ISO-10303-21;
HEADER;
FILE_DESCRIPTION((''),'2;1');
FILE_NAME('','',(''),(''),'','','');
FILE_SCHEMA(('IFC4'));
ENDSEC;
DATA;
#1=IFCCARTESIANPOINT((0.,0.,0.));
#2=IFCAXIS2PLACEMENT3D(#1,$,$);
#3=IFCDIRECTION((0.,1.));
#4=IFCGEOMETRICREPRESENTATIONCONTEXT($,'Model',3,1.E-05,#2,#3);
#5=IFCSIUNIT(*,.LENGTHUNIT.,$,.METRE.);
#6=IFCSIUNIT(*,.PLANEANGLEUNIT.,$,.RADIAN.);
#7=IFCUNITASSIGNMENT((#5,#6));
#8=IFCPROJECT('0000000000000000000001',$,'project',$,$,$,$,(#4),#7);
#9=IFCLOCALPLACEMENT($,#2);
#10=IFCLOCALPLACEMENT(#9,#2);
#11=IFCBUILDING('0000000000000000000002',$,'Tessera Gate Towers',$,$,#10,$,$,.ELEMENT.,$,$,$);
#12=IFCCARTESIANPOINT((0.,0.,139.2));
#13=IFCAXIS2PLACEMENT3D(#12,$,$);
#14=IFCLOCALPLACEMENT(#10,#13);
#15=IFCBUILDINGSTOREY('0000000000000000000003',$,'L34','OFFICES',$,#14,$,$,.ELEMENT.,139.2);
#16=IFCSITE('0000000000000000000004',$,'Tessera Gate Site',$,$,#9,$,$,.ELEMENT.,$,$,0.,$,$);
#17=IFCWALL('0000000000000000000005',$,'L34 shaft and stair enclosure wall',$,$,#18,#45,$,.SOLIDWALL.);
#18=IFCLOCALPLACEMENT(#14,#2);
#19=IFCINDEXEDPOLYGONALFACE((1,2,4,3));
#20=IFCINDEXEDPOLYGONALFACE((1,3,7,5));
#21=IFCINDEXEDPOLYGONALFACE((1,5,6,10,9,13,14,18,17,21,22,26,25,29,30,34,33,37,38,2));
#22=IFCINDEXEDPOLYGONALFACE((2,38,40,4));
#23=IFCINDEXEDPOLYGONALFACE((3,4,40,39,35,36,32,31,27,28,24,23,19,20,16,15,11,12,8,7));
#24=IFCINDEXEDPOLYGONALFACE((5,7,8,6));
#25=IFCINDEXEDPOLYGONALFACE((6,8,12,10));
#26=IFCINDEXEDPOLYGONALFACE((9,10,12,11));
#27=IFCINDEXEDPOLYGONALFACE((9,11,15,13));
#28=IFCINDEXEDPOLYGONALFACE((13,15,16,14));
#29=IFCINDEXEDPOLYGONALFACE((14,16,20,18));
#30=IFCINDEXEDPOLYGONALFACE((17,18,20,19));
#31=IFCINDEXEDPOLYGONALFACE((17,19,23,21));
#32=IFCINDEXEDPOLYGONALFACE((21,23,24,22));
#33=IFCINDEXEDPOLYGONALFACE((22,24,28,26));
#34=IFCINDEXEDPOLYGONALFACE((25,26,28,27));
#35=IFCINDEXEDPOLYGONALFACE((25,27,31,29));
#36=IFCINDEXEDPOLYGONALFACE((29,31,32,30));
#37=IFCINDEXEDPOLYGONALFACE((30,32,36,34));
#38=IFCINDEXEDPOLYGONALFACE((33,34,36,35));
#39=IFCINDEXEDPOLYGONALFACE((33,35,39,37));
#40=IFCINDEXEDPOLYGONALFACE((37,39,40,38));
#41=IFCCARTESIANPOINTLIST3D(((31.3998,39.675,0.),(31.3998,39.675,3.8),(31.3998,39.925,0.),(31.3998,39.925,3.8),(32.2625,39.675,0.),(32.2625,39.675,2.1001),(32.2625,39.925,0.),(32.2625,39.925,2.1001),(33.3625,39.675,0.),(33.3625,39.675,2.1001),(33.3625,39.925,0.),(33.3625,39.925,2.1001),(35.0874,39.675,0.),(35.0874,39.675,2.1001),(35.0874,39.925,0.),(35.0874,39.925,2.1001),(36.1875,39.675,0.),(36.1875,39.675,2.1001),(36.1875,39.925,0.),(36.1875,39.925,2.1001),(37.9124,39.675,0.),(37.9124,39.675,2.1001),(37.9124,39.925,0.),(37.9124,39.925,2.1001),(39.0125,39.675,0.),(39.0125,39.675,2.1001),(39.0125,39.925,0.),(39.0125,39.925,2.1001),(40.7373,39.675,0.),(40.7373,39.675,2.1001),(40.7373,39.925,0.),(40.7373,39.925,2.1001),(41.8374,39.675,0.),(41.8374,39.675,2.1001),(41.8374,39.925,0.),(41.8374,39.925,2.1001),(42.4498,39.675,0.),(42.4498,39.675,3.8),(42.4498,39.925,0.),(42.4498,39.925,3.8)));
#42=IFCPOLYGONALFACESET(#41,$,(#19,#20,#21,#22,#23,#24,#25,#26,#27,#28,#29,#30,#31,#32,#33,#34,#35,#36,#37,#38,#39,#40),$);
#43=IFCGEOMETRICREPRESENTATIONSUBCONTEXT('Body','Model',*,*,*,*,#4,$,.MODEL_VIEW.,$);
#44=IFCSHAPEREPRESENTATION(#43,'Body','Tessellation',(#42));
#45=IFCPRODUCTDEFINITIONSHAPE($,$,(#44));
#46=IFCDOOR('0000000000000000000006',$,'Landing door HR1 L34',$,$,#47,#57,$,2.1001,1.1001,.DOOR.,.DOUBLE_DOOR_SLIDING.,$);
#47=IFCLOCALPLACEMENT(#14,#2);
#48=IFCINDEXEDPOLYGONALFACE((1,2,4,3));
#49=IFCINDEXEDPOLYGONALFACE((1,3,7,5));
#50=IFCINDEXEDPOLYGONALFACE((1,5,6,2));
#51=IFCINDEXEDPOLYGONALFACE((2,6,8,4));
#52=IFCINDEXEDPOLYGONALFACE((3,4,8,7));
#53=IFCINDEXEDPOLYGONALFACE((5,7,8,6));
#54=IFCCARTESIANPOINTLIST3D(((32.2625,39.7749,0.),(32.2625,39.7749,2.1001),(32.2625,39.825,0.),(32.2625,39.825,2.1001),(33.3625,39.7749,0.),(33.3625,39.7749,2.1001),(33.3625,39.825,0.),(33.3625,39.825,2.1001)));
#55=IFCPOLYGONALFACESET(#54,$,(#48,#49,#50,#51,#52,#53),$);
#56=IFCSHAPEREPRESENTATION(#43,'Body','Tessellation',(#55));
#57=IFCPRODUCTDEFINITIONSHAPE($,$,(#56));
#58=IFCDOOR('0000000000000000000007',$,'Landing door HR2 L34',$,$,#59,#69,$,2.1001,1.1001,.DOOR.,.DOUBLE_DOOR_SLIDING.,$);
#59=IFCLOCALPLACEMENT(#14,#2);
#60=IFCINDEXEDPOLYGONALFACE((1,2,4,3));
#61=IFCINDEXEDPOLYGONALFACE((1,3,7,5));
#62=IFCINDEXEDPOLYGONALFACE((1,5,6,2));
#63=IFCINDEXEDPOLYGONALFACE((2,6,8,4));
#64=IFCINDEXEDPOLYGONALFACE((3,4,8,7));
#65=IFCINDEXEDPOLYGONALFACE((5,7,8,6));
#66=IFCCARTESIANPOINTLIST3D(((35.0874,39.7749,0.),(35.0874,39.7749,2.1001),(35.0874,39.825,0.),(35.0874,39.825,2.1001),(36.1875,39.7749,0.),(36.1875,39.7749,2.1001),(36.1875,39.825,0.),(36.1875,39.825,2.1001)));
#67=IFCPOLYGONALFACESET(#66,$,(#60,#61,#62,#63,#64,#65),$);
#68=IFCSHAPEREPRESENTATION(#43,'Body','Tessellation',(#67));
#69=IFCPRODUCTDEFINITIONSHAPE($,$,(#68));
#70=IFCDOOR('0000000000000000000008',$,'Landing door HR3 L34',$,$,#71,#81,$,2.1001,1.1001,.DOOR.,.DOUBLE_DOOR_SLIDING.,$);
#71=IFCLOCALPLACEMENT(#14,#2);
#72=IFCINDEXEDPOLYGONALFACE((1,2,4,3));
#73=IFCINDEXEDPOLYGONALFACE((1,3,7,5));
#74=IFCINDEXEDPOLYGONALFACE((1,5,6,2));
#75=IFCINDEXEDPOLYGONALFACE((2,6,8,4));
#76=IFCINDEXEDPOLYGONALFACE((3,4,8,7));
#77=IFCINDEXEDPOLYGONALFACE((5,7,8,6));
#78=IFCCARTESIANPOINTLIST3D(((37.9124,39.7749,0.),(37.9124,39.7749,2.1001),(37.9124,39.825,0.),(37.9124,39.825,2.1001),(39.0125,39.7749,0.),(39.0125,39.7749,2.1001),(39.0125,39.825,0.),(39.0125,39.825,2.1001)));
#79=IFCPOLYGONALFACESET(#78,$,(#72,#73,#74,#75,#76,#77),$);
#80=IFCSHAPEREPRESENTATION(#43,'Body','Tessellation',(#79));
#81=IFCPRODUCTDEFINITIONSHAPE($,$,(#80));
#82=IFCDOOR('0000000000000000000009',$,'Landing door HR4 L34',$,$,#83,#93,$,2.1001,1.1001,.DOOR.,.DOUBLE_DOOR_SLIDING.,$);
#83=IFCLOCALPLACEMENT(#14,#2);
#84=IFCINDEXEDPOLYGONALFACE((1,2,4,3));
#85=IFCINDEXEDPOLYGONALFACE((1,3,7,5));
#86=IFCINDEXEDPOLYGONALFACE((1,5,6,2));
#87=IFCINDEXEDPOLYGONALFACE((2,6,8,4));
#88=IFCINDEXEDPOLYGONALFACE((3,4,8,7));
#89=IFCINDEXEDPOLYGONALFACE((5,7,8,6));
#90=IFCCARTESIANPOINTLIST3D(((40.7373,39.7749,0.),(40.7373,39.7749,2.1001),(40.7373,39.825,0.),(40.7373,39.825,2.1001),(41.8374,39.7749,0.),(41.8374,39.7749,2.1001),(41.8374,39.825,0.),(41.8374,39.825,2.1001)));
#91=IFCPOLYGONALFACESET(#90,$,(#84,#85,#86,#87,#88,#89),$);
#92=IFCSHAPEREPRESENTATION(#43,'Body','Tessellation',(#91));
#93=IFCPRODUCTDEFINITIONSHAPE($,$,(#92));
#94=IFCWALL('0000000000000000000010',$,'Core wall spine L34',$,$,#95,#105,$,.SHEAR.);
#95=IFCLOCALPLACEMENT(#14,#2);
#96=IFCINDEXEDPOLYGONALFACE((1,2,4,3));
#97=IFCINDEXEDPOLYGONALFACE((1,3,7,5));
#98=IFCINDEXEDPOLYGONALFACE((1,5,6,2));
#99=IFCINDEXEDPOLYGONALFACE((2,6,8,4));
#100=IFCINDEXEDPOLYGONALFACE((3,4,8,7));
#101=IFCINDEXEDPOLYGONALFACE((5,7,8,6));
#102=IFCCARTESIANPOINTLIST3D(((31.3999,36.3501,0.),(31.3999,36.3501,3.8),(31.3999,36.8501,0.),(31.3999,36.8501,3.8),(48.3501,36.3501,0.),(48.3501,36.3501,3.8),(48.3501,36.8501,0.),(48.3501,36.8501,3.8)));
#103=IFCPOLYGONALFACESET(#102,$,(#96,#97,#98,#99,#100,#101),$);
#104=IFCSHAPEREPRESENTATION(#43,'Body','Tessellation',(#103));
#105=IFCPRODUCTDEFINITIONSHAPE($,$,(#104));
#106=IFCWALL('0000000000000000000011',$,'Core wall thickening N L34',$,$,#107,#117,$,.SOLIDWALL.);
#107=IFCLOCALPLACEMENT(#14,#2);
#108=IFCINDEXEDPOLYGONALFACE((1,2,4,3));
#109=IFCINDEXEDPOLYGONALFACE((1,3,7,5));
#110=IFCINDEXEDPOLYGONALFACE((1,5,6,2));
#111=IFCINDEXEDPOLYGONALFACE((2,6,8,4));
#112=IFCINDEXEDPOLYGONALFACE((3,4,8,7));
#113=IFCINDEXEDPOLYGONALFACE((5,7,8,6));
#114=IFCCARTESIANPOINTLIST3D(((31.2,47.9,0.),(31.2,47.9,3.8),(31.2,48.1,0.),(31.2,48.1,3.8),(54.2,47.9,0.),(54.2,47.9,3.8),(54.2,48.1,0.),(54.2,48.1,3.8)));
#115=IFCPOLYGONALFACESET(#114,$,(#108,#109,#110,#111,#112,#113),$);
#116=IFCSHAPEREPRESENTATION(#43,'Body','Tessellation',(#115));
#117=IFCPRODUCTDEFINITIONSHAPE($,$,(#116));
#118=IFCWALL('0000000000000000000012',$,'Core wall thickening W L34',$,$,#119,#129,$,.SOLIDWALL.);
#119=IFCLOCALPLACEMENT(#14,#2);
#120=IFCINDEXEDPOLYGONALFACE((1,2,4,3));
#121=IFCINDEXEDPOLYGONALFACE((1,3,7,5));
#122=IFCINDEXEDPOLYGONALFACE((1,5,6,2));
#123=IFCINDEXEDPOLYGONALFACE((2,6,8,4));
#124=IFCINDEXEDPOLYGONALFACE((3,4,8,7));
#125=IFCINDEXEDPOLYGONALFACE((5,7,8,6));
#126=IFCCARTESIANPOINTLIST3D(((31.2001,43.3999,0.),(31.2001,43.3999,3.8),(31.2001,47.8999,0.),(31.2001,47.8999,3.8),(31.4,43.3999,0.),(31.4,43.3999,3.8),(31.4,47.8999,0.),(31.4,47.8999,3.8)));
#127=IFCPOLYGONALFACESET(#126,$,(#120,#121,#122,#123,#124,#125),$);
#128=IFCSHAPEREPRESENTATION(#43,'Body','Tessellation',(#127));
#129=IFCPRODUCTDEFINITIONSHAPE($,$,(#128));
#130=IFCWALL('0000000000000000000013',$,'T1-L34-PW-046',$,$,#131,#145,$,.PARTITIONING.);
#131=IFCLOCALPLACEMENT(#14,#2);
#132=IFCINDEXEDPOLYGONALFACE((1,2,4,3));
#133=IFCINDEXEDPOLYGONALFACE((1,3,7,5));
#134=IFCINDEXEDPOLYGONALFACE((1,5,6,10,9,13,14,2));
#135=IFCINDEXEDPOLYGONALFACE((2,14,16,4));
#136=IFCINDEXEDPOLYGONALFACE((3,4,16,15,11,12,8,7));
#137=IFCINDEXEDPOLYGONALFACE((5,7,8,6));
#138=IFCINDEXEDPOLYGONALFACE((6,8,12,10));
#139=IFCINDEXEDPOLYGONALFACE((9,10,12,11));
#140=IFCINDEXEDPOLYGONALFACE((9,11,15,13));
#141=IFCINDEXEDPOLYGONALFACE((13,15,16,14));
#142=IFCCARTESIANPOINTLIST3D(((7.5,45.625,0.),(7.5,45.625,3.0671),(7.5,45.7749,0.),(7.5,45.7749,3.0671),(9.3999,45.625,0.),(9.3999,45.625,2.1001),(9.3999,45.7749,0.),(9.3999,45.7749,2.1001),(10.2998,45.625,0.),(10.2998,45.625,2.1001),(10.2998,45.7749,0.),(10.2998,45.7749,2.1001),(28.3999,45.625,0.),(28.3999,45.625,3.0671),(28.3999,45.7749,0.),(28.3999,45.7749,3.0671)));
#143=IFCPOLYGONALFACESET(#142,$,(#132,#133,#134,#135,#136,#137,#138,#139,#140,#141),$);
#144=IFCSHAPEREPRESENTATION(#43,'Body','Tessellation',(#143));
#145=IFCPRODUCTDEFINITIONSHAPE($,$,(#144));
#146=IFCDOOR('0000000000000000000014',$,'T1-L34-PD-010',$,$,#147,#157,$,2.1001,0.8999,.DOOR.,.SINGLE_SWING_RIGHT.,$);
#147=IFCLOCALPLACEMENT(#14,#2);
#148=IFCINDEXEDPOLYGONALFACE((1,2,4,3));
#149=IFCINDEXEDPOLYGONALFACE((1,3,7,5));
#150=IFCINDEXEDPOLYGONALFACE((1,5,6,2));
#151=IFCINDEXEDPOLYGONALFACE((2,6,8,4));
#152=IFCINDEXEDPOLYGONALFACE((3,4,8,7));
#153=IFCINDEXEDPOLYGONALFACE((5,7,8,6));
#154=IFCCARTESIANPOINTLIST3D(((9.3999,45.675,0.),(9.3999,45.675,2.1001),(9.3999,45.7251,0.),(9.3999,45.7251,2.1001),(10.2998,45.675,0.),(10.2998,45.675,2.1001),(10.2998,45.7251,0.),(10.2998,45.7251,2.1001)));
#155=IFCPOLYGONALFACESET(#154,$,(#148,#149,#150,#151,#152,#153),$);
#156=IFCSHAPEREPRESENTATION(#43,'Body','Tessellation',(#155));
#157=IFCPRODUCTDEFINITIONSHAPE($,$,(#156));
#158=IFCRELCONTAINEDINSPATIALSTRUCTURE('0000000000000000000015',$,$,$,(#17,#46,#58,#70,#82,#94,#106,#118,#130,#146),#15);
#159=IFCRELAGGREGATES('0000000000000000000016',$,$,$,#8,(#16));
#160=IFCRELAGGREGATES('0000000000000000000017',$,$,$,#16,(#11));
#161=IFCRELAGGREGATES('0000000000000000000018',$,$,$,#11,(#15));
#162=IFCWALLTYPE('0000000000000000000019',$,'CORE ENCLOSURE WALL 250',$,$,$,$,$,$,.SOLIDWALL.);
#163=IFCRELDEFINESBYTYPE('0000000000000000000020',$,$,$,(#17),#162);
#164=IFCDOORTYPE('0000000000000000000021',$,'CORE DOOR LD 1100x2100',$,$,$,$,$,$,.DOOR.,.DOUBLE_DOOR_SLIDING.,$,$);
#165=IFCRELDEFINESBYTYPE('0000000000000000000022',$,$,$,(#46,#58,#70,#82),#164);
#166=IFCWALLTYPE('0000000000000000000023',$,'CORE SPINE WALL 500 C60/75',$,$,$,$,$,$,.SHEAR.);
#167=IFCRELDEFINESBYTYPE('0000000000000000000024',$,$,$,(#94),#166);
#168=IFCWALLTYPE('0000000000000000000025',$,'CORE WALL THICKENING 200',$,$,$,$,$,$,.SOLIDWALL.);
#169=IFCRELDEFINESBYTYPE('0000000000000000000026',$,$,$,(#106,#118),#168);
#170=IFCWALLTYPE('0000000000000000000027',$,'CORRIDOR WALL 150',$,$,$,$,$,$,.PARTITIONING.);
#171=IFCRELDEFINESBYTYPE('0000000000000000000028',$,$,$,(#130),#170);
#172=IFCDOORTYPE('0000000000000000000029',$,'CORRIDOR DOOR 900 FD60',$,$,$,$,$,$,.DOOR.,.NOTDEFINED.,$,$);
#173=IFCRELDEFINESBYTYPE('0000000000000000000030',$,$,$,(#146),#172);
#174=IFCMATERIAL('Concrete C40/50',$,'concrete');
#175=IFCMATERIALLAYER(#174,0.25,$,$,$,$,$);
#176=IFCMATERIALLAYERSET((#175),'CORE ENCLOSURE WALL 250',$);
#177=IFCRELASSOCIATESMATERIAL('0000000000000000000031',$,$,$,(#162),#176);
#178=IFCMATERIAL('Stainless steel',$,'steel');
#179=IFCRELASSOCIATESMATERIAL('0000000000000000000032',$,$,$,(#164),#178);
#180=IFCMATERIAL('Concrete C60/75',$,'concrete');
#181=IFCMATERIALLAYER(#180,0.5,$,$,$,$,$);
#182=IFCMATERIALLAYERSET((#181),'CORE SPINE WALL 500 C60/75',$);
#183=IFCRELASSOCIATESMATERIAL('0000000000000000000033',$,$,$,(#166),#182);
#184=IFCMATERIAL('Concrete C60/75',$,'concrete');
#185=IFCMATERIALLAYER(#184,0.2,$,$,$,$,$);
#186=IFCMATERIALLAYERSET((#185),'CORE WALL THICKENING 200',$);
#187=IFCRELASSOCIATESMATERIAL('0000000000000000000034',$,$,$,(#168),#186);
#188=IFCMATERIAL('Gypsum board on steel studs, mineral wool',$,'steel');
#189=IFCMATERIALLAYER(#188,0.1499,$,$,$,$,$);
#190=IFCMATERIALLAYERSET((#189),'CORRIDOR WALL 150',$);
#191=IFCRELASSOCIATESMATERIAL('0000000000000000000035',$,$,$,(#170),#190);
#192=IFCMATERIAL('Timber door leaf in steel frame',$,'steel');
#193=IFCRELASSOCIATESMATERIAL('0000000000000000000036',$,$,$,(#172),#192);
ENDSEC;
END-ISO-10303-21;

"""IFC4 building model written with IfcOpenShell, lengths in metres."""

from ifc_helpers import new_model, si_unit, direction, frame, frame_2d, origin, place, context, subcontext, project, spatial, rectangle, extrude, source, transform, mapped, material, layer, layer_set, type_object, element, fill, save


model = new_model("IFC4")

# Units and contexts
model_context = context("Model", 3, precision=1e-05, world=origin(), true_north=direction((0.0, 1.0)))
body_context = subcontext(model_context, "Body", "Model", "MODEL_VIEW")
ifc_project = project(units=[si_unit("LENGTHUNIT", "METRE"), si_unit("PLANEANGLEUNIT", "RADIAN")], contexts=[model_context])

# Site, building, storey
site_placement = place(None, origin())
site = spatial("IfcSite", under=ifc_project, at=site_placement, Name="Tessera Gate Site", CompositionType="ELEMENT", RefElevation=0.0)
building_placement = place(site_placement, origin())
building = spatial("IfcBuilding", under=site, at=building_placement, Name="Tessera Gate Towers", CompositionType="ELEMENT")
storey_placement = place(building_placement, frame((0.0, 0.0, 139.2)))
storey = spatial("IfcBuildingStorey", under=building, at=storey_placement, Name="L34", Description="OFFICES", CompositionType="ELEMENT", Elevation=139.2)

# Wall, openings, doors
ifc_material_1 = material(Name="Concrete C40/50", Category="concrete")
ifc_layer_1 = layer(ifc_material_1, 0.25)
ifc_layer_set_1 = layer_set([ifc_layer_1], Name="CORE ENCLOSURE WALL 250")
wall_type_1 = type_object("IfcWallType", Name="CORE ENCLOSURE WALL 250", PredefinedType="SOLIDWALL", material=ifc_layer_set_1)
wall_1_placement = place(storey_placement, frame((31.3999, 39.8, 0.0), z_axis=(0.0, 0.0, 1.0), x_axis=(1.0, 0.0, 0.0)))
wall_1 = element("IfcWall", 1, at=wall_1_placement, inside=storey, type_object=wall_type_1, Name="L34 shaft and stair enclosure wall", PredefinedType="SOLIDWALL", context=body_context, shape_type="SweptSolid", body=[
    extrude(rectangle(XDim=11.05, YDim=0.25, at=frame_2d((5.5249, 0.0))), origin(), (0.0, 0.0, 1.0), 3.8),
])
shared_shape_1 = source(origin(), body_context, "Body", "SweptSolid", [
    extrude(rectangle(XDim=1.1001, YDim=2.1001, at=frame_2d((0.55, 1.05))), frame((0.0, 0.135, 0.0), z_axis=(0.0, -1.0, 0.0), x_axis=(1.0, 0.0, 0.0)), (0.0, 0.0, 1.0), 0.27),
])
opening_1_placement = place(wall_1_placement, frame((0.8625, 0.0, 0.0)))
opening_1 = element("IfcOpeningElement", 2, at=opening_1_placement, cuts=wall_1, PredefinedType="OPENING", context=body_context, shape_type="MappedRepresentation", body=[
    mapped(shared_shape_1, transform((0.0, 0.0, 0.0), scale=1.0)),
])
opening_2_placement = place(wall_1_placement, frame((3.6875, 0.0, 0.0)))
opening_2 = element("IfcOpeningElement", 3, at=opening_2_placement, cuts=wall_1, PredefinedType="OPENING", context=body_context, shape_type="MappedRepresentation", body=[
    mapped(shared_shape_1, transform((0.0, 0.0, 0.0), scale=1.0)),
])
opening_3_placement = place(wall_1_placement, frame((6.5125, 0.0, 0.0)))
opening_3 = element("IfcOpeningElement", 4, at=opening_3_placement, cuts=wall_1, PredefinedType="OPENING", context=body_context, shape_type="MappedRepresentation", body=[
    mapped(shared_shape_1, transform((0.0, 0.0, 0.0), scale=1.0)),
])
opening_4_placement = place(wall_1_placement, frame((9.3374, 0.0, 0.0)))
opening_4 = element("IfcOpeningElement", 5, at=opening_4_placement, cuts=wall_1, PredefinedType="OPENING", context=body_context, shape_type="MappedRepresentation", body=[
    mapped(shared_shape_1, transform((0.0, 0.0, 0.0), scale=1.0)),
])
ifc_material_2 = material(Name="Stainless steel", Category="steel")
door_type_1 = type_object("IfcDoorType", Name="CORE DOOR LD 1100x2100", OperationType="DOUBLE_DOOR_SLIDING", PredefinedType="DOOR", material=ifc_material_2)
shared_shape_2 = source(origin(), body_context, "Body", "SweptSolid", [
    extrude(rectangle(XDim=1.1001, YDim=2.1001, at=frame_2d((0.55, 1.05))), frame((0.0, 0.0249, 0.0), z_axis=(0.0, -1.0, 0.0), x_axis=(1.0, 0.0, 0.0)), (0.0, 0.0, 1.0), 0.05),
])
door_1_placement = place(opening_1_placement, origin())
door_1 = element("IfcDoor", 6, at=door_1_placement, inside=storey, type_object=door_type_1, Name="Landing door HR1 L34", OperationType="DOUBLE_DOOR_SLIDING", OverallHeight=2.1001, OverallWidth=1.1001, PredefinedType="DOOR", context=body_context, shape_type="MappedRepresentation", body=[
    mapped(shared_shape_2, transform((0.0, 0.0, 0.0), scale=1.0)),
])
fill(opening_1, door_1)
door_2_placement = place(opening_2_placement, origin())
door_2 = element("IfcDoor", 7, at=door_2_placement, inside=storey, type_object=door_type_1, Name="Landing door HR2 L34", OperationType="DOUBLE_DOOR_SLIDING", OverallHeight=2.1001, OverallWidth=1.1001, PredefinedType="DOOR", context=body_context, shape_type="MappedRepresentation", body=[
    mapped(shared_shape_2, transform((0.0, 0.0, 0.0), scale=1.0)),
])
fill(opening_2, door_2)
door_3_placement = place(opening_3_placement, origin())
door_3 = element("IfcDoor", 8, at=door_3_placement, inside=storey, type_object=door_type_1, Name="Landing door HR3 L34", OperationType="DOUBLE_DOOR_SLIDING", OverallHeight=2.1001, OverallWidth=1.1001, PredefinedType="DOOR", context=body_context, shape_type="MappedRepresentation", body=[
    mapped(shared_shape_2, transform((0.0, 0.0, 0.0), scale=1.0)),
])
fill(opening_3, door_3)
door_4_placement = place(opening_4_placement, origin())
door_4 = element("IfcDoor", 9, at=door_4_placement, inside=storey, type_object=door_type_1, Name="Landing door HR4 L34", OperationType="DOUBLE_DOOR_SLIDING", OverallHeight=2.1001, OverallWidth=1.1001, PredefinedType="DOOR", context=body_context, shape_type="MappedRepresentation", body=[
    mapped(shared_shape_2, transform((0.0, 0.0, 0.0), scale=1.0)),
])
fill(opening_4, door_4)

# Walls
ifc_material_3 = material(Name="Concrete C60/75", Category="concrete")
ifc_layer_2 = layer(ifc_material_3, 0.5)
ifc_layer_set_2 = layer_set([ifc_layer_2], Name="CORE SPINE WALL 500 C60/75")
wall_type_2 = type_object("IfcWallType", Name="CORE SPINE WALL 500 C60/75", PredefinedType="SHEAR", material=ifc_layer_set_2)
wall_2_placement = place(storey_placement, frame((31.3999, 36.6001, 0.0), z_axis=(0.0, 0.0, 1.0), x_axis=(1.0, 0.0, 0.0)))
element("IfcWall", 10, at=wall_2_placement, inside=storey, type_object=wall_type_2, Name="Core wall spine L34", PredefinedType="SHEAR", context=body_context, shape_type="SweptSolid", body=[
    extrude(rectangle(XDim=16.9502, YDim=0.5, at=frame_2d((8.4751, 0.0))), origin(), (0.0, 0.0, 1.0), 3.8),
])
ifc_material_4 = material(Name="Concrete C60/75", Category="concrete")
ifc_layer_3 = layer(ifc_material_4, 0.2)
ifc_layer_set_3 = layer_set([ifc_layer_3], Name="CORE WALL THICKENING 200")
wall_type_3 = type_object("IfcWallType", Name="CORE WALL THICKENING 200", PredefinedType="SOLIDWALL", material=ifc_layer_set_3)
wall_3_placement = place(storey_placement, frame((31.2, 48.0, 0.0), z_axis=(0.0, 0.0, 1.0), x_axis=(1.0, 0.0, 0.0)))
element("IfcWall", 11, at=wall_3_placement, inside=storey, type_object=wall_type_3, Name="Core wall thickening N L34", PredefinedType="SOLIDWALL", context=body_context, shape_type="SweptSolid", body=[
    extrude(rectangle(XDim=23.0, YDim=0.2, at=frame_2d((11.5, 0.0))), origin(), (0.0, 0.0, 1.0), 3.8),
])
wall_4_placement = place(storey_placement, frame((31.3, 43.3999, 0.0), z_axis=(0.0, 0.0, 1.0), x_axis=(0.0, 1.0, 0.0)))
element("IfcWall", 12, at=wall_4_placement, inside=storey, type_object=wall_type_3, Name="Core wall thickening W L34", PredefinedType="SOLIDWALL", context=body_context, shape_type="SweptSolid", body=[
    extrude(rectangle(XDim=4.5, YDim=0.2, at=frame_2d((2.25, 0.0))), origin(), (0.0, 0.0, 1.0), 3.8),
])

# Wall, opening, door
ifc_material_5 = material(Name="Gypsum board on steel studs, mineral wool", Category="steel")
ifc_layer_4 = layer(ifc_material_5, 0.1499)
ifc_layer_set_4 = layer_set([ifc_layer_4], Name="CORRIDOR WALL 150")
wall_type_4 = type_object("IfcWallType", Name="CORRIDOR WALL 150", PredefinedType="PARTITIONING", material=ifc_layer_set_4)
wall_5_placement = place(storey_placement, frame((28.3999, 45.7, 0.0), z_axis=(0.0, 0.0, 1.0), x_axis=(-1.0, 0.0, 0.0)))
wall_5 = element("IfcWall", 13, at=wall_5_placement, inside=storey, type_object=wall_type_4, Name="T1-L34-PW-046", PredefinedType="PARTITIONING", context=body_context, shape_type="SweptSolid", body=[
    extrude(rectangle(XDim=20.8999, YDim=0.1499, at=frame_2d((10.45, 0.0))), origin(), (0.0, 0.0, 1.0), 3.0671),
])
shared_shape_3 = source(origin(), body_context, "Body", "SweptSolid", [
    extrude(rectangle(XDim=0.8999, YDim=2.1001, at=frame_2d((0.45, 1.05))), frame((0.0, 0.085, 0.0), z_axis=(0.0, -1.0, 0.0), x_axis=(1.0, 0.0, 0.0)), (0.0, 0.0, 1.0), 0.1699),
])
opening_5_placement = place(wall_5_placement, frame((18.1001, 0.0, 0.0)))
opening_5 = element("IfcOpeningElement", 14, at=opening_5_placement, cuts=wall_5, PredefinedType="OPENING", context=body_context, shape_type="MappedRepresentation", body=[
    mapped(shared_shape_3, transform((0.0, 0.0, 0.0), scale=1.0)),
])
ifc_material_6 = material(Name="Timber door leaf in steel frame", Category="steel")
door_type_2 = type_object("IfcDoorType", Name="CORRIDOR DOOR 900 FD60", OperationType="NOTDEFINED", PredefinedType="DOOR", material=ifc_material_6)
shared_shape_4 = source(origin(), body_context, "Body", "SweptSolid", [
    extrude(rectangle(XDim=0.8999, YDim=2.1001, at=frame_2d((0.45, 1.05))), frame((0.0, 0.0249, 0.0), z_axis=(0.0, -1.0, 0.0), x_axis=(1.0, 0.0, 0.0)), (0.0, 0.0, 1.0), 0.05),
])
door_5_placement = place(opening_5_placement, origin())
door_5 = element("IfcDoor", 15, at=door_5_placement, inside=storey, type_object=door_type_2, Name="T1-L34-PD-010", OperationType="SINGLE_SWING_RIGHT", OverallHeight=2.1001, OverallWidth=0.8999, PredefinedType="DOOR", context=body_context, shape_type="MappedRepresentation", body=[
    mapped(shared_shape_4, transform((0.0, 0.0, 0.0), scale=1.0)),
])
fill(opening_5, door_5)

save(model, "model.ifc")
